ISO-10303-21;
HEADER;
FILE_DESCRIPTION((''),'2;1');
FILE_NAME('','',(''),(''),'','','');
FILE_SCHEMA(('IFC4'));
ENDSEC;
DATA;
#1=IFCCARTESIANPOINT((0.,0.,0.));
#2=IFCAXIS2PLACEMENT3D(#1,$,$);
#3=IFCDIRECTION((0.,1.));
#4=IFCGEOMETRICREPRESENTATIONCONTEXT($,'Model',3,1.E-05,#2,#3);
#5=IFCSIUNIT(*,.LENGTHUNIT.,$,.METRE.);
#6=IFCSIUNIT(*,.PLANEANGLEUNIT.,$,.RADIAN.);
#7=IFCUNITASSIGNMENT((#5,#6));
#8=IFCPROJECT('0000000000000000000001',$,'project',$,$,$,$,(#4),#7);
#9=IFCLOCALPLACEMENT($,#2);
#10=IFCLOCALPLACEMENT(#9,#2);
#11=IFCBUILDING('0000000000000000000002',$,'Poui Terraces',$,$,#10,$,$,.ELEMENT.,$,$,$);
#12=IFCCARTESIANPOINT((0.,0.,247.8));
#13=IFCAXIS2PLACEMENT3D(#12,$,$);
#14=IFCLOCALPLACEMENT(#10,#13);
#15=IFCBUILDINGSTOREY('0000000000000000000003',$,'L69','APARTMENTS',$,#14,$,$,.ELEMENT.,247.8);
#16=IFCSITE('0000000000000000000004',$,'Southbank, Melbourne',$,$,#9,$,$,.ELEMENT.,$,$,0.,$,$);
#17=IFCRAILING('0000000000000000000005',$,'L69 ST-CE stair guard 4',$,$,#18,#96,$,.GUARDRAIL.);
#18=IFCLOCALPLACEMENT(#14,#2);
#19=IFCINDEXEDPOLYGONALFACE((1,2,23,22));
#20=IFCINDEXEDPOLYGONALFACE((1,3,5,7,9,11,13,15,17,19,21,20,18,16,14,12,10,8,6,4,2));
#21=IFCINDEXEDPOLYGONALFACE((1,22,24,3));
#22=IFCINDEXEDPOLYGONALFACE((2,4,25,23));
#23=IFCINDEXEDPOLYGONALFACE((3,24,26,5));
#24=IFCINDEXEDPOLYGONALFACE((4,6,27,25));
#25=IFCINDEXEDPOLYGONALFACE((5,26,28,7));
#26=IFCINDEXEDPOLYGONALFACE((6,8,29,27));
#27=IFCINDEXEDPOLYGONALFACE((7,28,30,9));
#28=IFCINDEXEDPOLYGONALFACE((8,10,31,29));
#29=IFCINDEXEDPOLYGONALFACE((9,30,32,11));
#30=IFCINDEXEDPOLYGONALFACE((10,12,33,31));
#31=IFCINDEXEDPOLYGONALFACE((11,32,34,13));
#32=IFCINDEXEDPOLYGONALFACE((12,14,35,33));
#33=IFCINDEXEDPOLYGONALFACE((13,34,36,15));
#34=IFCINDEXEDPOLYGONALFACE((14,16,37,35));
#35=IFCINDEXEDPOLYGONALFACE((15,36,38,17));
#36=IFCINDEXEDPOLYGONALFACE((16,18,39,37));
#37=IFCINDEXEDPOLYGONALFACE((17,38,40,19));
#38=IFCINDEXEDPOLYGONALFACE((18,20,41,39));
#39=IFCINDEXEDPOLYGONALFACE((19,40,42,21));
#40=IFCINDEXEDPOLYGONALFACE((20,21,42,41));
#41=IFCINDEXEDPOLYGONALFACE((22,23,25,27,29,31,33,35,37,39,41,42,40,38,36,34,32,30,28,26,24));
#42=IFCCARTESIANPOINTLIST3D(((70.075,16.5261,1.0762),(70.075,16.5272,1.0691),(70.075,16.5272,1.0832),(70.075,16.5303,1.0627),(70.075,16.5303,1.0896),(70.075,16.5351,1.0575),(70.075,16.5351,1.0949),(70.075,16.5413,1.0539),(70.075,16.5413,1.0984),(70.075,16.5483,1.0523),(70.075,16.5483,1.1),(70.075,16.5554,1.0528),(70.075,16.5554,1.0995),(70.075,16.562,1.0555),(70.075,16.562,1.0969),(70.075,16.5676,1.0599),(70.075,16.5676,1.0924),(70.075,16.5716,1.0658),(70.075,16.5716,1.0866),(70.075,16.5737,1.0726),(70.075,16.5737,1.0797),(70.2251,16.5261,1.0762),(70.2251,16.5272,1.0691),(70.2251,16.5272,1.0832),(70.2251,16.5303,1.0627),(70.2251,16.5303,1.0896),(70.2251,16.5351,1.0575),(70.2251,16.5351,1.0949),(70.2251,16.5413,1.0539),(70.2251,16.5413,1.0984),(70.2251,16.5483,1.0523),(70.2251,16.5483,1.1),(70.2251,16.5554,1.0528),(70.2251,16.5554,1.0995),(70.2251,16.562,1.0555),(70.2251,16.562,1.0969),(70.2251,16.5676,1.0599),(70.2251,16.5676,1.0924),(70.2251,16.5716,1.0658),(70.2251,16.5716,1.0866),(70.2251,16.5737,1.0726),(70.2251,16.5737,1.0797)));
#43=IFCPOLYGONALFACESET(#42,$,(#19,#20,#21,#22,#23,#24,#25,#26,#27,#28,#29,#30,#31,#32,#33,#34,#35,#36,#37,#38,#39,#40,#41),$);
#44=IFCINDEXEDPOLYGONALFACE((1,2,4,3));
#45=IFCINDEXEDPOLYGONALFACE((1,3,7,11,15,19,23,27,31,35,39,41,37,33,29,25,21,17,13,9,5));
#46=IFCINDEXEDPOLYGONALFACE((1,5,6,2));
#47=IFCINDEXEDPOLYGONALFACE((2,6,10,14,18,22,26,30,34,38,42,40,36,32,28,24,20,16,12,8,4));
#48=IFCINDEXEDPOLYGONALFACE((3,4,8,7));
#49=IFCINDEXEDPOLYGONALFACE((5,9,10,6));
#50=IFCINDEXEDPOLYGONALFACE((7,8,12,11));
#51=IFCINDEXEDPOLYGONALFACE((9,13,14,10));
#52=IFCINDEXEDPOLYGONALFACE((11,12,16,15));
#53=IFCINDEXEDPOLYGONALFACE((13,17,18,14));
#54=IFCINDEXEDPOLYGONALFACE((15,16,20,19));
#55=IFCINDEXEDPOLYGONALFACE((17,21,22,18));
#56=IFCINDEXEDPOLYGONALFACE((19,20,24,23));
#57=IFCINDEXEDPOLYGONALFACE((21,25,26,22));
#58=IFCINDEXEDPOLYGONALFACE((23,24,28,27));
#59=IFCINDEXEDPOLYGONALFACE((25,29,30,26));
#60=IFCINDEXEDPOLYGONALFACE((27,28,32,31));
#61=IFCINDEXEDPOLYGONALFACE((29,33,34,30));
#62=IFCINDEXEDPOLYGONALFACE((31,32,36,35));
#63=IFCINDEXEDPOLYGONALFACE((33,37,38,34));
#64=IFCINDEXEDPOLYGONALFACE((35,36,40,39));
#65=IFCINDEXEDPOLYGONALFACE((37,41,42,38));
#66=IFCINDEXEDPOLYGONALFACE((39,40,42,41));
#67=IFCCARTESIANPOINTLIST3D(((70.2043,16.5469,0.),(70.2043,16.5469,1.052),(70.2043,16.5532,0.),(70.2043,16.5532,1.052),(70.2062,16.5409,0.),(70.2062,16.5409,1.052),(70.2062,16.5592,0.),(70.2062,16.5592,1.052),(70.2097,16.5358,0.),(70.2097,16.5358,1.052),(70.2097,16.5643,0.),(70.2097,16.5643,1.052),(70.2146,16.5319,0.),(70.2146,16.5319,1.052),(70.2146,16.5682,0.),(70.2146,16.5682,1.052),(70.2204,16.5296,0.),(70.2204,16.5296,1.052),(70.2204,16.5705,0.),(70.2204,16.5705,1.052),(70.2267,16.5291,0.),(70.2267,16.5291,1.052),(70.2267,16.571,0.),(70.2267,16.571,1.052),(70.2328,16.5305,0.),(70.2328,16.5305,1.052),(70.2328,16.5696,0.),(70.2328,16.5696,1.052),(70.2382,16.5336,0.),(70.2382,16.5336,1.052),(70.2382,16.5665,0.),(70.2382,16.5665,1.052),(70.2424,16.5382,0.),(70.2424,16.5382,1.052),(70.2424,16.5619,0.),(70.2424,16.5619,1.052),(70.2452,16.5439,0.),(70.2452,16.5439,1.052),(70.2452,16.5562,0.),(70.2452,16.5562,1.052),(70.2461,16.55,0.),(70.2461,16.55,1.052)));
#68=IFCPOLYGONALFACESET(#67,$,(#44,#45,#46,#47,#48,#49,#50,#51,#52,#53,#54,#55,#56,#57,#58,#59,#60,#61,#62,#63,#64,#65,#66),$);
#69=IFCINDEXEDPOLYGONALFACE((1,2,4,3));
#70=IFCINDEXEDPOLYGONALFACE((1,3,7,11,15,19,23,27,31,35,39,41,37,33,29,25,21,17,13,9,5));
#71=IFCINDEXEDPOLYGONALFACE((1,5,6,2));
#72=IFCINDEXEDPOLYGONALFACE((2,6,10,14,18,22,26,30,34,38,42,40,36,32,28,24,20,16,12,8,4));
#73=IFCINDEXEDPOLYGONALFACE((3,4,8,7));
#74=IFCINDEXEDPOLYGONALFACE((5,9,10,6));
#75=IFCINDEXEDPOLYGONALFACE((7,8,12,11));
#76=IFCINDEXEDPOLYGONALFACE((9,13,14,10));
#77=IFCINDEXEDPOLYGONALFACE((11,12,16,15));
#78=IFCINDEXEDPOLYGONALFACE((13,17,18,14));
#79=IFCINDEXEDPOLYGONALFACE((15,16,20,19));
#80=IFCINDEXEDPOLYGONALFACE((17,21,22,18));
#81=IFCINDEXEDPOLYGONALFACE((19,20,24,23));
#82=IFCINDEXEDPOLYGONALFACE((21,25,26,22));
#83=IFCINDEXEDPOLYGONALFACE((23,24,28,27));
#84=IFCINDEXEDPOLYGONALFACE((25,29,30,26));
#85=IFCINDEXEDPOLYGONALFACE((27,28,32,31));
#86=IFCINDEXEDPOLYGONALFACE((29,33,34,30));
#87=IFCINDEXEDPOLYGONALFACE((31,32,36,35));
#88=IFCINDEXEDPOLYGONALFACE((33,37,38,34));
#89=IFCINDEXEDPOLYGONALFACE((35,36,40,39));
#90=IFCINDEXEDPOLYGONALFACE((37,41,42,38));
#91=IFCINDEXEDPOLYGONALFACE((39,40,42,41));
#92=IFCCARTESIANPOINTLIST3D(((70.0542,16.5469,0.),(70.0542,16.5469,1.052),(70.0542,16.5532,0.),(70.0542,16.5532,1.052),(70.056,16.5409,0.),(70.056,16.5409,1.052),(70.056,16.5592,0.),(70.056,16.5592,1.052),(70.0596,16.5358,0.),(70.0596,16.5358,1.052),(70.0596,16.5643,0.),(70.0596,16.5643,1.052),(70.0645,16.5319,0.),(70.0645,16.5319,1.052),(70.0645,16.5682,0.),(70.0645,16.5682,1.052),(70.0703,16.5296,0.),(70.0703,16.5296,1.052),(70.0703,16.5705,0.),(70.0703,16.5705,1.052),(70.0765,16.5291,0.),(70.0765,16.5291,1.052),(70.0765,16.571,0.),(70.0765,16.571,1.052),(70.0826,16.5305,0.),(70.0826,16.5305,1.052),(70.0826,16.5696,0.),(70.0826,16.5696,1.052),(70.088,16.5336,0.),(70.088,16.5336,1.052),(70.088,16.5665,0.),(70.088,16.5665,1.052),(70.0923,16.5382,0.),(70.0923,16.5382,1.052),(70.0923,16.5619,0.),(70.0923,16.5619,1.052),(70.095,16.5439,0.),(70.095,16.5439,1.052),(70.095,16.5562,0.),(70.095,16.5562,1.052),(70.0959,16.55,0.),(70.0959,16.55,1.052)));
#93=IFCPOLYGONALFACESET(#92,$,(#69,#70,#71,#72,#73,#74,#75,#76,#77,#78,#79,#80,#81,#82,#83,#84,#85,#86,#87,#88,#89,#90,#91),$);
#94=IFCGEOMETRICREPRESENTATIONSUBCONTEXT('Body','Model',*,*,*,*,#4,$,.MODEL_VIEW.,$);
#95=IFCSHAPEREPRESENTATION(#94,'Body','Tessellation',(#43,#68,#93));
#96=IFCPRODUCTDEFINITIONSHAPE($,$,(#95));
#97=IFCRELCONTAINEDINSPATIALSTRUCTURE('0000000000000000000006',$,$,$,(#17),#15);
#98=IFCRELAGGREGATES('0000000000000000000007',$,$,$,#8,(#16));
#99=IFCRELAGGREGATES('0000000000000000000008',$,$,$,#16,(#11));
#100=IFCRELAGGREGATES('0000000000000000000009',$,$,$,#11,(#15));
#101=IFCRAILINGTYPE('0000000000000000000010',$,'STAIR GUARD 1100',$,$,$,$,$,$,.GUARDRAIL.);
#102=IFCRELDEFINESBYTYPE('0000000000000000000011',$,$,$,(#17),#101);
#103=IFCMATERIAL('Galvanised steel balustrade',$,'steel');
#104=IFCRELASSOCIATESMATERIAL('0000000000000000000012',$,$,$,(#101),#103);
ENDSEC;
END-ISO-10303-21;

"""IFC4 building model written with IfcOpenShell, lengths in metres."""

from ifc_helpers import new_model, si_unit, direction, frame, origin, origin_2d, place, context, subcontext, project, spatial, circle, extrude, material, type_object, element, save


model = new_model("IFC4")

# Units and contexts
model_context = context("Model", 3, precision=1e-05, world=origin(), true_north=direction((0.0, 1.0)))
body_context = subcontext(model_context, "Body", "Model", "MODEL_VIEW")
ifc_project = project(units=[si_unit("LENGTHUNIT", "METRE"), si_unit("PLANEANGLEUNIT", "RADIAN")], contexts=[model_context])

# Site, building, storey
site_placement = place(None, origin())
site = spatial("IfcSite", under=ifc_project, at=site_placement, Name="Southbank, Melbourne", CompositionType="ELEMENT", RefElevation=0.0)
building_placement = place(site_placement, origin())
building = spatial("IfcBuilding", under=site, at=building_placement, Name="Poui Terraces", CompositionType="ELEMENT")
storey_placement = place(building_placement, frame((0.0, 0.0, 247.8)))
storey = spatial("IfcBuildingStorey", under=building, at=storey_placement, Name="L69", Description="APARTMENTS", CompositionType="ELEMENT", Elevation=247.8)

# Railing
ifc_material_1 = material(Name="Galvanised steel balustrade", Category="steel")
railing_type_1 = type_object("IfcRailingType", Name="STAIR GUARD 1100", PredefinedType="GUARDRAIL", material=ifc_material_1)
railing_1_placement = place(storey_placement, frame((70.2251, 16.55, 0.0)))
element("IfcRailing", 1, at=railing_1_placement, inside=storey, type_object=railing_type_1, Name="L69 ST-CE stair guard 4", PredefinedType="GUARDRAIL", context=body_context, shape_type="SweptSolid", body=[
    extrude(circle(Radius=0.0239, at=origin_2d()), frame((0.0, 0.0, 1.0762), z_axis=(-1.0, 0.0, 0.0), x_axis=(0.0, -1.0, 0.0)), (0.0, 0.0, 1.0), 0.1501),
    extrude(circle(Radius=0.021, at=origin_2d()), origin(), (0.0, 0.0, 1.0), 1.052),
    extrude(circle(Radius=0.021, at=origin_2d()), frame((-0.1501, 0.0, 0.0)), (0.0, 0.0, 1.0), 1.052),
])

save(model, "model.ifc")
